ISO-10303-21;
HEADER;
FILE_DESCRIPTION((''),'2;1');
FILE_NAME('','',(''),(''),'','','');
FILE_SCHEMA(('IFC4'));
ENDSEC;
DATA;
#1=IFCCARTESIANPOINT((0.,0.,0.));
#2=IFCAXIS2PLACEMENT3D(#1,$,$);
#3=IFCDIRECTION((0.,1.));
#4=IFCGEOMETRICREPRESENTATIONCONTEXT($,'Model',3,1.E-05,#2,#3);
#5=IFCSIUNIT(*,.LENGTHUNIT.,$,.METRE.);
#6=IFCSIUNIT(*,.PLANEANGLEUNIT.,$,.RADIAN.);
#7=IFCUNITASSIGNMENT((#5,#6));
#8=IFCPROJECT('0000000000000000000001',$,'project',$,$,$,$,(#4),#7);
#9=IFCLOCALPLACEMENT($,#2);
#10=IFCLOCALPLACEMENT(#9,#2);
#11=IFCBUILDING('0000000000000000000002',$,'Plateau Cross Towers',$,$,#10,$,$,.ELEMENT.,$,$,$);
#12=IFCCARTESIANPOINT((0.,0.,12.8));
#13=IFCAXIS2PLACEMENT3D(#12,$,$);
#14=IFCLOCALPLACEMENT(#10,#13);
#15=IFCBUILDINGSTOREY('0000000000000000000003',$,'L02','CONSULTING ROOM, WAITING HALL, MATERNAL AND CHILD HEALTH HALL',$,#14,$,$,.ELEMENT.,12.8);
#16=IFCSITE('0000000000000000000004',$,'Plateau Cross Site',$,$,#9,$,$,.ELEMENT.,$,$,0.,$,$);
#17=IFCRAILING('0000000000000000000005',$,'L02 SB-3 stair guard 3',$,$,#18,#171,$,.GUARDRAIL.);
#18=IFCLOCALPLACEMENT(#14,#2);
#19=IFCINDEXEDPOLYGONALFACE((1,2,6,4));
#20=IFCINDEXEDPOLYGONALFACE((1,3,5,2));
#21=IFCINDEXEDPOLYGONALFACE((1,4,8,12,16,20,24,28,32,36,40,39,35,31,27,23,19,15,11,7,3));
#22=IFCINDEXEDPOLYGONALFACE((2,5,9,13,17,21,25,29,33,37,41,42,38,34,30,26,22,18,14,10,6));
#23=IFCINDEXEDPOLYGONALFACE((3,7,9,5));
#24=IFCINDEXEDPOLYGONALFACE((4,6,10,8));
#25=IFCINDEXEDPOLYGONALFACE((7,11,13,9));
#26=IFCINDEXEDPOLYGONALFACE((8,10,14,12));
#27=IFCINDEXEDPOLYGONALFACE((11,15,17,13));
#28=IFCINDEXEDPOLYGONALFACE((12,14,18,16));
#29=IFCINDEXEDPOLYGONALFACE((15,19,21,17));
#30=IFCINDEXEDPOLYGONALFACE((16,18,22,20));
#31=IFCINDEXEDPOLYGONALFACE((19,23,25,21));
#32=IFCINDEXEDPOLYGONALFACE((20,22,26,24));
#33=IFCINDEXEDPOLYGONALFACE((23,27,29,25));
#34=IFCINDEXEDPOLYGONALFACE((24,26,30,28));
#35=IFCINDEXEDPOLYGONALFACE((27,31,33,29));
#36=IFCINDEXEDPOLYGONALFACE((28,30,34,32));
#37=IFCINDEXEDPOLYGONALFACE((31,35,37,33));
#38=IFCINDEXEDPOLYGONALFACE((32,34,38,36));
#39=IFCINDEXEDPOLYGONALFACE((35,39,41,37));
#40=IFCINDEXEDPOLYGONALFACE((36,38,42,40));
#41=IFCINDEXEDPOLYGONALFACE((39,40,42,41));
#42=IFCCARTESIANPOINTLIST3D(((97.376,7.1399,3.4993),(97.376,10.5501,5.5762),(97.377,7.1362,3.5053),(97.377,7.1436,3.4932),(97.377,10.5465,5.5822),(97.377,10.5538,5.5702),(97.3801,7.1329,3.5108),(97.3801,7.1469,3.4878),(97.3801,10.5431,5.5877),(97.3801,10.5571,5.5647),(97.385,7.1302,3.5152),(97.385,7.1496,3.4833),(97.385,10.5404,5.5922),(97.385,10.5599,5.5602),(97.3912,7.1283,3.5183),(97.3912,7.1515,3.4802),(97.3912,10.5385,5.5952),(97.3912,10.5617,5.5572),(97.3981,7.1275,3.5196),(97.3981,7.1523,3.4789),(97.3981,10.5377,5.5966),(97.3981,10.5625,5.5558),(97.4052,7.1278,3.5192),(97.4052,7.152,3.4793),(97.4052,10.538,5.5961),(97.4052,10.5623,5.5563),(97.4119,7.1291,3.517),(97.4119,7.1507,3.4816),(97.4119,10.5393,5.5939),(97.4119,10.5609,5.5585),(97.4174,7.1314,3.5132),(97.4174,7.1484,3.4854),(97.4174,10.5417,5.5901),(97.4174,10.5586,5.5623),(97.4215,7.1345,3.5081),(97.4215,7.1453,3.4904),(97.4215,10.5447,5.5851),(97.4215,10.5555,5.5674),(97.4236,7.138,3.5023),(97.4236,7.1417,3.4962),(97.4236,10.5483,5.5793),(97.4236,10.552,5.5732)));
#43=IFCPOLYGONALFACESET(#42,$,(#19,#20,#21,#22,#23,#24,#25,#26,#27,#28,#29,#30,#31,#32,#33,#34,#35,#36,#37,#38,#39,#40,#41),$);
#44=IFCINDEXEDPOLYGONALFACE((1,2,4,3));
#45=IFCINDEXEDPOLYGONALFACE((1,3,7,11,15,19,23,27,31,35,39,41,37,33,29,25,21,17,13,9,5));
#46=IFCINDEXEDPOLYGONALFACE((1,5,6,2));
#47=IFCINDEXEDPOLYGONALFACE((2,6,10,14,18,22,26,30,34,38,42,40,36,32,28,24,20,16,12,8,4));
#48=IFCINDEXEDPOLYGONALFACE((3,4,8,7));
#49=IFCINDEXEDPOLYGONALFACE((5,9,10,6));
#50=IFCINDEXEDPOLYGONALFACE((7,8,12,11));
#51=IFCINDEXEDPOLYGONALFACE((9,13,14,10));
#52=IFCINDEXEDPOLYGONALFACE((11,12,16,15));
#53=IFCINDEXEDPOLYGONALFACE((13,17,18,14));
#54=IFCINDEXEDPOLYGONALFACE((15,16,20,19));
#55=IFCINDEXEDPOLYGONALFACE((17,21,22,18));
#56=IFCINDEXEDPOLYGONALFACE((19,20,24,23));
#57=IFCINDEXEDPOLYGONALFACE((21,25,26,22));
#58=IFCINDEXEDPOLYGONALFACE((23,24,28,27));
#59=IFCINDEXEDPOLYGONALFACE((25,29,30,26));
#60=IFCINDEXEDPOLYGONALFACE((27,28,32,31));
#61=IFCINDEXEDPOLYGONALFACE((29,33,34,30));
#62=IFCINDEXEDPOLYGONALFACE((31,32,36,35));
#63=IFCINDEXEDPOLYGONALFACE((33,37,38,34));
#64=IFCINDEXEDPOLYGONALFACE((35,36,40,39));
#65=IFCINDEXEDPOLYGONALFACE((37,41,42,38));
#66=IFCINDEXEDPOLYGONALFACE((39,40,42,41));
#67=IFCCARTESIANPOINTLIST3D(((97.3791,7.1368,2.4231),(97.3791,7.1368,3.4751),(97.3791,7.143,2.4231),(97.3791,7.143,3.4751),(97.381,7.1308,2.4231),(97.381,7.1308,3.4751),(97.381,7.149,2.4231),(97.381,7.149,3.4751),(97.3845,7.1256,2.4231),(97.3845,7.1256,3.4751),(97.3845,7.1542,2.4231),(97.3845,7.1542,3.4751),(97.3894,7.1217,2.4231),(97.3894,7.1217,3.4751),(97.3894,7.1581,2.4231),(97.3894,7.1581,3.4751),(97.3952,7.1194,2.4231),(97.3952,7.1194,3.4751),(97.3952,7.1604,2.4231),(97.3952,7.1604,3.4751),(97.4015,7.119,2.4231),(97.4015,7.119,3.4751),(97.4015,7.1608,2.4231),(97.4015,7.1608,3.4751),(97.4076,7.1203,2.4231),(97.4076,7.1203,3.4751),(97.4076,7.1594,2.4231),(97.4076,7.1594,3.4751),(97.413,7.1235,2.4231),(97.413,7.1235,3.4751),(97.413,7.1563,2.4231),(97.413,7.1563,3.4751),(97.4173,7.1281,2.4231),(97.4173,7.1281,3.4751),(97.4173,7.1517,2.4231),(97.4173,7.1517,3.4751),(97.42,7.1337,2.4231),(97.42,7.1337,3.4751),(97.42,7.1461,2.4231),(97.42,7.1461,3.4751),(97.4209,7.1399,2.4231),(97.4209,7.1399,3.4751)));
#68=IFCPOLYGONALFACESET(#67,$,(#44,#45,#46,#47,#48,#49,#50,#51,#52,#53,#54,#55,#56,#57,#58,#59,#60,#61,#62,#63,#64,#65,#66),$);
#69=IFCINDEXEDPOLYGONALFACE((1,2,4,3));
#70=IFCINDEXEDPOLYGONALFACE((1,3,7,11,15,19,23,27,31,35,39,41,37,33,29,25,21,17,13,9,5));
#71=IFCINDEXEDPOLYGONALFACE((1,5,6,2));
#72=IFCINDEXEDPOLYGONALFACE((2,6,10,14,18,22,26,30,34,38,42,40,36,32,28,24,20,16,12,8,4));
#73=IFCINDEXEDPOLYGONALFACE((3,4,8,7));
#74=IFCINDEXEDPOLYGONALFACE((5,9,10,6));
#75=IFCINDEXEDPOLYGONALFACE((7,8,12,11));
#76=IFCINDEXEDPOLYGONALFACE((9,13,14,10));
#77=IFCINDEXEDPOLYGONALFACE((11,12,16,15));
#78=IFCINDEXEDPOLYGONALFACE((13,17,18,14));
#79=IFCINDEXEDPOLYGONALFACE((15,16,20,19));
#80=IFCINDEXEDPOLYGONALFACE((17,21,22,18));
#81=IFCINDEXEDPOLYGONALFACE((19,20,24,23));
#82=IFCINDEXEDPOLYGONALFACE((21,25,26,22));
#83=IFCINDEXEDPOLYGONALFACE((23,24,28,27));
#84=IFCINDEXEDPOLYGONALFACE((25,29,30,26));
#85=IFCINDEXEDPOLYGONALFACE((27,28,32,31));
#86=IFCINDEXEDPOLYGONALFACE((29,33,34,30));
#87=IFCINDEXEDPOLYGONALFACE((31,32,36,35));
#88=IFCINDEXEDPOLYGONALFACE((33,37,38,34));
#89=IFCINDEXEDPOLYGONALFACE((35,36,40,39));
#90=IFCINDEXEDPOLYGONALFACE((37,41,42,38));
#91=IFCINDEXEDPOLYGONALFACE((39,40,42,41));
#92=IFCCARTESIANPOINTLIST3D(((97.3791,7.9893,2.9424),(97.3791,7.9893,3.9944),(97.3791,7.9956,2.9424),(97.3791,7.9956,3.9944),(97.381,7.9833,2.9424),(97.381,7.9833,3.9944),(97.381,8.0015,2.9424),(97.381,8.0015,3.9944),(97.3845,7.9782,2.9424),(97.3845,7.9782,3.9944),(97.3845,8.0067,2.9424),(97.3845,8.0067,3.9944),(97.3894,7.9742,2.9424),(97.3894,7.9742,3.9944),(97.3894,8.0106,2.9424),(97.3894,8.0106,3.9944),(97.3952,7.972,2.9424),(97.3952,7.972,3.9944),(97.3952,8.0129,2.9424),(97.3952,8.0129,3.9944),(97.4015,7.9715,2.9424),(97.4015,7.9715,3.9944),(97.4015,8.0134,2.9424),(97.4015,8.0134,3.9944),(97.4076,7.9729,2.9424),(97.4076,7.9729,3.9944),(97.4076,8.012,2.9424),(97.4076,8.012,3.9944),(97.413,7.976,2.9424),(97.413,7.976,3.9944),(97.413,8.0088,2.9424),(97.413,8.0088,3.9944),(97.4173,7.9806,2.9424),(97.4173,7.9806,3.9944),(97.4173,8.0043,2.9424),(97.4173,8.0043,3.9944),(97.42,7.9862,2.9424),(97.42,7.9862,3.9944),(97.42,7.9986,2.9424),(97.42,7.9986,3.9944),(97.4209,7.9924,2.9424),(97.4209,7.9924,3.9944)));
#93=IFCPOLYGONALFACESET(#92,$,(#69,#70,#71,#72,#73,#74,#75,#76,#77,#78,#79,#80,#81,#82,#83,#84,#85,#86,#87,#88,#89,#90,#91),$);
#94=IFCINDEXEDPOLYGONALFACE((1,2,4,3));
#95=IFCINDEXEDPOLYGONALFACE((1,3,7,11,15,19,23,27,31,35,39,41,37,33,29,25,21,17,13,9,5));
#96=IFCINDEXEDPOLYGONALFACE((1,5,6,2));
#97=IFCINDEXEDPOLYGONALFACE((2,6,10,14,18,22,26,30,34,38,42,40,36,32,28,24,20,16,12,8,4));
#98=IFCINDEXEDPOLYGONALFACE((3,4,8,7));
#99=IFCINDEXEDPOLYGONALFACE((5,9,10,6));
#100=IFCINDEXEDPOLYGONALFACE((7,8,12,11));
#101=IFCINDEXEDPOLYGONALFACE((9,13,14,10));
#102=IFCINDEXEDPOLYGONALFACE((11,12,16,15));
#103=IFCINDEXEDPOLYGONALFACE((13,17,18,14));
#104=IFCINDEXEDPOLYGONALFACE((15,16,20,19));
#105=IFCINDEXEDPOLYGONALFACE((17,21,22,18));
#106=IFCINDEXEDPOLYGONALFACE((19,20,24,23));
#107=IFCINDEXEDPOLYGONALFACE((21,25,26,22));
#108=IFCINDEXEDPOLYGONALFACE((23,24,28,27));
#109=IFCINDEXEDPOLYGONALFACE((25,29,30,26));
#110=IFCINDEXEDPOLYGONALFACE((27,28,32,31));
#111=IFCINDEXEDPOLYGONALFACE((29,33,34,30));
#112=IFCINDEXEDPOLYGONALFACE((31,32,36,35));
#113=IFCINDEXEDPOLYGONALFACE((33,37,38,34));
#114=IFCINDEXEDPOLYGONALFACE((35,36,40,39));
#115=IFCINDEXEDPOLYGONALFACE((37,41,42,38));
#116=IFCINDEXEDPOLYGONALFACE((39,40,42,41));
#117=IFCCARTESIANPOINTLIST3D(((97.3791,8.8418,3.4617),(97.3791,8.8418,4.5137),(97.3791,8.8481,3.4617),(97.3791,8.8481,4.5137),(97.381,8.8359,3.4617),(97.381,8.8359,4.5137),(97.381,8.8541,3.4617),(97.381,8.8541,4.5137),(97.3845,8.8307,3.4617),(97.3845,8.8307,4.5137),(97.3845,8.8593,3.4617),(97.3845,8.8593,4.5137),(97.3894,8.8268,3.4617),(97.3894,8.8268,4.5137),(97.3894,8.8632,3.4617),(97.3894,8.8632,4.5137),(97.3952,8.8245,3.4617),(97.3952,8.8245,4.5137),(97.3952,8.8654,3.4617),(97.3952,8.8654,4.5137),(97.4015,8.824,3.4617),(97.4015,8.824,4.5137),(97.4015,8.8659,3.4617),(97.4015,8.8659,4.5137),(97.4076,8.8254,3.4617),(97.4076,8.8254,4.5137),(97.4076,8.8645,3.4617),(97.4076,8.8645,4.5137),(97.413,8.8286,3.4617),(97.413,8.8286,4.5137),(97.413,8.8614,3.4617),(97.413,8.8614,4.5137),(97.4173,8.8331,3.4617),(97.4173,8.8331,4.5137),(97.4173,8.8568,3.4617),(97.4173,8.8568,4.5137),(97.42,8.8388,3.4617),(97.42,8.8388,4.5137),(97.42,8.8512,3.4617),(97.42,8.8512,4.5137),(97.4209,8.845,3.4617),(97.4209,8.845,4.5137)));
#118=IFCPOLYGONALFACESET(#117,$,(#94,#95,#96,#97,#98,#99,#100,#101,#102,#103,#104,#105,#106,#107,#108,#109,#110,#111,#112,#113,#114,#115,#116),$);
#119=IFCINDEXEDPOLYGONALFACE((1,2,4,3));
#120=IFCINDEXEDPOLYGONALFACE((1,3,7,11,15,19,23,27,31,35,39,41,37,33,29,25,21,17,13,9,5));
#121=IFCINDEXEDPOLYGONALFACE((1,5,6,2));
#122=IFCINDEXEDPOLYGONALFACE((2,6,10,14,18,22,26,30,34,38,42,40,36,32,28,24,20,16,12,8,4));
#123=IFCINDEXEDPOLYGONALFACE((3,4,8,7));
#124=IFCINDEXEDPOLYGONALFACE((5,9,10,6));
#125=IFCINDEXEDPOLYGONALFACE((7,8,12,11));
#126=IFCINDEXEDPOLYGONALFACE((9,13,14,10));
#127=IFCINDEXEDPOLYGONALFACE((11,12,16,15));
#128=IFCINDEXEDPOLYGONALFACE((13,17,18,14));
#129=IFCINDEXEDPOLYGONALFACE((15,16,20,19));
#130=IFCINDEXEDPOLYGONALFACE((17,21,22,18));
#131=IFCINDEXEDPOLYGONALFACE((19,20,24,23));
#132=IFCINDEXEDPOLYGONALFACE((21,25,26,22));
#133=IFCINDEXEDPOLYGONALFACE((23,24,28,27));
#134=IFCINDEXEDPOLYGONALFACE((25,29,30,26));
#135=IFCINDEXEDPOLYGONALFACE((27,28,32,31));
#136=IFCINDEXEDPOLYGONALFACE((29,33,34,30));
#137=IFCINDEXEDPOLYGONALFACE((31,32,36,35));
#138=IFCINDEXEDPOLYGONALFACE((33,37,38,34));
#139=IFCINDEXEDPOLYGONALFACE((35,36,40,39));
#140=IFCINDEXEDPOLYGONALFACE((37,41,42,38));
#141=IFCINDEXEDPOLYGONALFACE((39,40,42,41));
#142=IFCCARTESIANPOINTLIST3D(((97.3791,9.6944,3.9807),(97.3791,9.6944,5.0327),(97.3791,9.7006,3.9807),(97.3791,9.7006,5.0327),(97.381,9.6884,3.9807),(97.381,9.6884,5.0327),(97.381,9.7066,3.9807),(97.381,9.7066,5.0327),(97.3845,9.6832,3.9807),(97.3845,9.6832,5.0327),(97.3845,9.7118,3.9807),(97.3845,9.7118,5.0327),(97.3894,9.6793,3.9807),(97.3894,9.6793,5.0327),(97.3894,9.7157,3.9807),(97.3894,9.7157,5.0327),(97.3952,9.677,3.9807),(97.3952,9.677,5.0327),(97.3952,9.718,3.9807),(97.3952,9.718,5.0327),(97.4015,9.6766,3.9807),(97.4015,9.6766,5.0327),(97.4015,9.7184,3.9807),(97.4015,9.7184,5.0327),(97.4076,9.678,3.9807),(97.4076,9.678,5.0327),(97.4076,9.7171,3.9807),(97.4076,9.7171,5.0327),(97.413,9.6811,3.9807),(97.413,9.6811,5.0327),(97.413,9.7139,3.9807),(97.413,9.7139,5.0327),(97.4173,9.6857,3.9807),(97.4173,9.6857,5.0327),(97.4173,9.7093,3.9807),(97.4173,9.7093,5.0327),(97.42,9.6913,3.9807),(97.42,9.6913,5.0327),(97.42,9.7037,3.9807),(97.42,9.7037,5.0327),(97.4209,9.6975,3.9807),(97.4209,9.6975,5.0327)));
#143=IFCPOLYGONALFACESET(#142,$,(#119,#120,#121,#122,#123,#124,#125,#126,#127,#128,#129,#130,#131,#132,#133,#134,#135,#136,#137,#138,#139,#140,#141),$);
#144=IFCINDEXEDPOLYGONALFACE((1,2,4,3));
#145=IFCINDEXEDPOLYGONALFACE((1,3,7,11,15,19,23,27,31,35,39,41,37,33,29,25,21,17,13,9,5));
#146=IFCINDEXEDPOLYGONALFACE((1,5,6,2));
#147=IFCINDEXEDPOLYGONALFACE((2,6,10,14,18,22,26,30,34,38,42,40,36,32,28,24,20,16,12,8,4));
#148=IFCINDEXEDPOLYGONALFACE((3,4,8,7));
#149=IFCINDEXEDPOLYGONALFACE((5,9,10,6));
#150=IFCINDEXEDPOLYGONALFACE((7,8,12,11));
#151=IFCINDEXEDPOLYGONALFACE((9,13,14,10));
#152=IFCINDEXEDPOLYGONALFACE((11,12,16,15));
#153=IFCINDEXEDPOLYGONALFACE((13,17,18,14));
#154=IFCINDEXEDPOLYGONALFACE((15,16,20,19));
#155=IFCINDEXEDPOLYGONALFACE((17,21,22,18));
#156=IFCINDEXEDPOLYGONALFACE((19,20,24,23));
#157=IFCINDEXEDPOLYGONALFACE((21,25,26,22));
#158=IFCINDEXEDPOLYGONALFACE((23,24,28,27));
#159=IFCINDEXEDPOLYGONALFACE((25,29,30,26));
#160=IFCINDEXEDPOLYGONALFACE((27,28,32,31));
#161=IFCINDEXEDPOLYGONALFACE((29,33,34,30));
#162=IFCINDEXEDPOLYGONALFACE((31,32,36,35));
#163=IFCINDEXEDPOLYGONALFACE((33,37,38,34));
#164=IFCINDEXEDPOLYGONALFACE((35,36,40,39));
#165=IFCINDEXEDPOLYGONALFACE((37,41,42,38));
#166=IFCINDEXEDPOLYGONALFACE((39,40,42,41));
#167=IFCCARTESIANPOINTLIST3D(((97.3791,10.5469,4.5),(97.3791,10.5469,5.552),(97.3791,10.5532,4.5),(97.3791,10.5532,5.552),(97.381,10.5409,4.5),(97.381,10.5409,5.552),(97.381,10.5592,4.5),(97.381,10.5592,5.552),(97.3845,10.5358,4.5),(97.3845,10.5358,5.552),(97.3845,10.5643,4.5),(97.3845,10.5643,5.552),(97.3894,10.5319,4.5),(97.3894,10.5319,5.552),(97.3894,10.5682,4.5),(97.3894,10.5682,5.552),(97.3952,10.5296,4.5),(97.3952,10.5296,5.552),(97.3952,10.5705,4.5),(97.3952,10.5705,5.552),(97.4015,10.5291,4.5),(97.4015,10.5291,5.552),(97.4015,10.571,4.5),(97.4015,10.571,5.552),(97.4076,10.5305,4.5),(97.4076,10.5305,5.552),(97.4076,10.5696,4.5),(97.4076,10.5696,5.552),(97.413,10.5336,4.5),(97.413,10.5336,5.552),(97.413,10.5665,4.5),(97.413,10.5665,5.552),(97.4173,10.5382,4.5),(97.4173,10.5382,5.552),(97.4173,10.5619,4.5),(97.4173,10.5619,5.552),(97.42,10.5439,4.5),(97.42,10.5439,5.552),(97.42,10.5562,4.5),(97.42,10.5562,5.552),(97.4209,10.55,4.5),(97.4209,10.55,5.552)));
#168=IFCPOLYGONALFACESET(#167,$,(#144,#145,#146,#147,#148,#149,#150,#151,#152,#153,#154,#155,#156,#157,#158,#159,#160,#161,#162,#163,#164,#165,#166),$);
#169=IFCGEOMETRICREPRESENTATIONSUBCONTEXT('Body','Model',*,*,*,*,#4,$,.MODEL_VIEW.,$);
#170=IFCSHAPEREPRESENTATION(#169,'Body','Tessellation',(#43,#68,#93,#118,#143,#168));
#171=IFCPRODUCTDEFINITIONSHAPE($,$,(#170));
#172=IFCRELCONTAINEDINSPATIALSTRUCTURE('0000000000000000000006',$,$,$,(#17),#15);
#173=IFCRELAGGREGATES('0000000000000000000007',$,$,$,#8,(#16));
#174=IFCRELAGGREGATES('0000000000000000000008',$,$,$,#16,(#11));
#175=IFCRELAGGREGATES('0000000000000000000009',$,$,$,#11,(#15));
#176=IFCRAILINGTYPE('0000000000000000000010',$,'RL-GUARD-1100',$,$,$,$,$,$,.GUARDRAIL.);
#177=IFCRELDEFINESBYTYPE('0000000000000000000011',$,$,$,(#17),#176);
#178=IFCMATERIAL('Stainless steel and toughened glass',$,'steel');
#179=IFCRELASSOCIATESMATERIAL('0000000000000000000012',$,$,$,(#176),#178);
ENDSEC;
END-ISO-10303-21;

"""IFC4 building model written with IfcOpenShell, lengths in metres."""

from ifc_helpers import new_model, si_unit, direction, frame, origin, origin_2d, place, context, subcontext, project, spatial, circle, extrude, material, type_object, element, save


model = new_model("IFC4")

# Units and contexts
model_context = context("Model", 3, precision=1e-05, world=origin(), true_north=direction((0.0, 1.0)))
body_context = subcontext(model_context, "Body", "Model", "MODEL_VIEW")
ifc_project = project(units=[si_unit("LENGTHUNIT", "METRE"), si_unit("PLANEANGLEUNIT", "RADIAN")], contexts=[model_context])

# Site, building, storey
site_placement = place(None, origin())
site = spatial("IfcSite", under=ifc_project, at=site_placement, Name="Plateau Cross Site", CompositionType="ELEMENT", RefElevation=0.0)
building_placement = place(site_placement, origin())
building = spatial("IfcBuilding", under=site, at=building_placement, Name="Plateau Cross Towers", CompositionType="ELEMENT")
storey_placement = place(building_placement, frame((0.0, 0.0, 12.8)))
storey = spatial("IfcBuildingStorey", under=building, at=storey_placement, Name="L02", Description="CONSULTING ROOM, WAITING HALL, MATERNAL AND CHILD HEALTH HALL", CompositionType="ELEMENT", Elevation=12.8)

# Railing
ifc_material_1 = material(Name="Stainless steel and toughened glass", Category="steel")
railing_type_1 = type_object("IfcRailingType", Name="RL-GUARD-1100", PredefinedType="GUARDRAIL", material=ifc_material_1)
railing_1_placement = place(storey_placement, frame((97.3999, 7.1399, 2.4231)))
element("IfcRailing", 1, at=railing_1_placement, inside=storey, type_object=railing_type_1, Name="L02 SB-3 stair guard 3", PredefinedType="GUARDRAIL", context=body_context, shape_type="SweptSolid", body=[
    extrude(circle(Radius=0.0239, at=origin_2d()), frame((0.0, 0.0, 1.0762), z_axis=(0.0, 0.85407, 0.520158), x_axis=(-1.0, 0.0, 0.0)), (0.0, 0.0, 1.0), 3.9929),
    extrude(circle(Radius=0.021, at=origin_2d()), origin(), (0.0, 0.0, 1.0), 1.052),
    extrude(circle(Radius=0.021, at=origin_2d()), frame((0.0, 0.8525, 0.5193)), (0.0, 0.0, 1.0), 1.052),
    extrude(circle(Radius=0.021, at=origin_2d()), frame((0.0, 1.7051, 1.0386)), (0.0, 0.0, 1.0), 1.052),
    extrude(circle(Radius=0.021, at=origin_2d()), frame((0.0, 2.5576, 1.5576)), (0.0, 0.0, 1.0), 1.052),
    extrude(circle(Radius=0.021, at=origin_2d()), frame((0.0, 3.4102, 2.0769)), (0.0, 0.0, 1.0), 1.052),
])

save(model, "model.ifc")
